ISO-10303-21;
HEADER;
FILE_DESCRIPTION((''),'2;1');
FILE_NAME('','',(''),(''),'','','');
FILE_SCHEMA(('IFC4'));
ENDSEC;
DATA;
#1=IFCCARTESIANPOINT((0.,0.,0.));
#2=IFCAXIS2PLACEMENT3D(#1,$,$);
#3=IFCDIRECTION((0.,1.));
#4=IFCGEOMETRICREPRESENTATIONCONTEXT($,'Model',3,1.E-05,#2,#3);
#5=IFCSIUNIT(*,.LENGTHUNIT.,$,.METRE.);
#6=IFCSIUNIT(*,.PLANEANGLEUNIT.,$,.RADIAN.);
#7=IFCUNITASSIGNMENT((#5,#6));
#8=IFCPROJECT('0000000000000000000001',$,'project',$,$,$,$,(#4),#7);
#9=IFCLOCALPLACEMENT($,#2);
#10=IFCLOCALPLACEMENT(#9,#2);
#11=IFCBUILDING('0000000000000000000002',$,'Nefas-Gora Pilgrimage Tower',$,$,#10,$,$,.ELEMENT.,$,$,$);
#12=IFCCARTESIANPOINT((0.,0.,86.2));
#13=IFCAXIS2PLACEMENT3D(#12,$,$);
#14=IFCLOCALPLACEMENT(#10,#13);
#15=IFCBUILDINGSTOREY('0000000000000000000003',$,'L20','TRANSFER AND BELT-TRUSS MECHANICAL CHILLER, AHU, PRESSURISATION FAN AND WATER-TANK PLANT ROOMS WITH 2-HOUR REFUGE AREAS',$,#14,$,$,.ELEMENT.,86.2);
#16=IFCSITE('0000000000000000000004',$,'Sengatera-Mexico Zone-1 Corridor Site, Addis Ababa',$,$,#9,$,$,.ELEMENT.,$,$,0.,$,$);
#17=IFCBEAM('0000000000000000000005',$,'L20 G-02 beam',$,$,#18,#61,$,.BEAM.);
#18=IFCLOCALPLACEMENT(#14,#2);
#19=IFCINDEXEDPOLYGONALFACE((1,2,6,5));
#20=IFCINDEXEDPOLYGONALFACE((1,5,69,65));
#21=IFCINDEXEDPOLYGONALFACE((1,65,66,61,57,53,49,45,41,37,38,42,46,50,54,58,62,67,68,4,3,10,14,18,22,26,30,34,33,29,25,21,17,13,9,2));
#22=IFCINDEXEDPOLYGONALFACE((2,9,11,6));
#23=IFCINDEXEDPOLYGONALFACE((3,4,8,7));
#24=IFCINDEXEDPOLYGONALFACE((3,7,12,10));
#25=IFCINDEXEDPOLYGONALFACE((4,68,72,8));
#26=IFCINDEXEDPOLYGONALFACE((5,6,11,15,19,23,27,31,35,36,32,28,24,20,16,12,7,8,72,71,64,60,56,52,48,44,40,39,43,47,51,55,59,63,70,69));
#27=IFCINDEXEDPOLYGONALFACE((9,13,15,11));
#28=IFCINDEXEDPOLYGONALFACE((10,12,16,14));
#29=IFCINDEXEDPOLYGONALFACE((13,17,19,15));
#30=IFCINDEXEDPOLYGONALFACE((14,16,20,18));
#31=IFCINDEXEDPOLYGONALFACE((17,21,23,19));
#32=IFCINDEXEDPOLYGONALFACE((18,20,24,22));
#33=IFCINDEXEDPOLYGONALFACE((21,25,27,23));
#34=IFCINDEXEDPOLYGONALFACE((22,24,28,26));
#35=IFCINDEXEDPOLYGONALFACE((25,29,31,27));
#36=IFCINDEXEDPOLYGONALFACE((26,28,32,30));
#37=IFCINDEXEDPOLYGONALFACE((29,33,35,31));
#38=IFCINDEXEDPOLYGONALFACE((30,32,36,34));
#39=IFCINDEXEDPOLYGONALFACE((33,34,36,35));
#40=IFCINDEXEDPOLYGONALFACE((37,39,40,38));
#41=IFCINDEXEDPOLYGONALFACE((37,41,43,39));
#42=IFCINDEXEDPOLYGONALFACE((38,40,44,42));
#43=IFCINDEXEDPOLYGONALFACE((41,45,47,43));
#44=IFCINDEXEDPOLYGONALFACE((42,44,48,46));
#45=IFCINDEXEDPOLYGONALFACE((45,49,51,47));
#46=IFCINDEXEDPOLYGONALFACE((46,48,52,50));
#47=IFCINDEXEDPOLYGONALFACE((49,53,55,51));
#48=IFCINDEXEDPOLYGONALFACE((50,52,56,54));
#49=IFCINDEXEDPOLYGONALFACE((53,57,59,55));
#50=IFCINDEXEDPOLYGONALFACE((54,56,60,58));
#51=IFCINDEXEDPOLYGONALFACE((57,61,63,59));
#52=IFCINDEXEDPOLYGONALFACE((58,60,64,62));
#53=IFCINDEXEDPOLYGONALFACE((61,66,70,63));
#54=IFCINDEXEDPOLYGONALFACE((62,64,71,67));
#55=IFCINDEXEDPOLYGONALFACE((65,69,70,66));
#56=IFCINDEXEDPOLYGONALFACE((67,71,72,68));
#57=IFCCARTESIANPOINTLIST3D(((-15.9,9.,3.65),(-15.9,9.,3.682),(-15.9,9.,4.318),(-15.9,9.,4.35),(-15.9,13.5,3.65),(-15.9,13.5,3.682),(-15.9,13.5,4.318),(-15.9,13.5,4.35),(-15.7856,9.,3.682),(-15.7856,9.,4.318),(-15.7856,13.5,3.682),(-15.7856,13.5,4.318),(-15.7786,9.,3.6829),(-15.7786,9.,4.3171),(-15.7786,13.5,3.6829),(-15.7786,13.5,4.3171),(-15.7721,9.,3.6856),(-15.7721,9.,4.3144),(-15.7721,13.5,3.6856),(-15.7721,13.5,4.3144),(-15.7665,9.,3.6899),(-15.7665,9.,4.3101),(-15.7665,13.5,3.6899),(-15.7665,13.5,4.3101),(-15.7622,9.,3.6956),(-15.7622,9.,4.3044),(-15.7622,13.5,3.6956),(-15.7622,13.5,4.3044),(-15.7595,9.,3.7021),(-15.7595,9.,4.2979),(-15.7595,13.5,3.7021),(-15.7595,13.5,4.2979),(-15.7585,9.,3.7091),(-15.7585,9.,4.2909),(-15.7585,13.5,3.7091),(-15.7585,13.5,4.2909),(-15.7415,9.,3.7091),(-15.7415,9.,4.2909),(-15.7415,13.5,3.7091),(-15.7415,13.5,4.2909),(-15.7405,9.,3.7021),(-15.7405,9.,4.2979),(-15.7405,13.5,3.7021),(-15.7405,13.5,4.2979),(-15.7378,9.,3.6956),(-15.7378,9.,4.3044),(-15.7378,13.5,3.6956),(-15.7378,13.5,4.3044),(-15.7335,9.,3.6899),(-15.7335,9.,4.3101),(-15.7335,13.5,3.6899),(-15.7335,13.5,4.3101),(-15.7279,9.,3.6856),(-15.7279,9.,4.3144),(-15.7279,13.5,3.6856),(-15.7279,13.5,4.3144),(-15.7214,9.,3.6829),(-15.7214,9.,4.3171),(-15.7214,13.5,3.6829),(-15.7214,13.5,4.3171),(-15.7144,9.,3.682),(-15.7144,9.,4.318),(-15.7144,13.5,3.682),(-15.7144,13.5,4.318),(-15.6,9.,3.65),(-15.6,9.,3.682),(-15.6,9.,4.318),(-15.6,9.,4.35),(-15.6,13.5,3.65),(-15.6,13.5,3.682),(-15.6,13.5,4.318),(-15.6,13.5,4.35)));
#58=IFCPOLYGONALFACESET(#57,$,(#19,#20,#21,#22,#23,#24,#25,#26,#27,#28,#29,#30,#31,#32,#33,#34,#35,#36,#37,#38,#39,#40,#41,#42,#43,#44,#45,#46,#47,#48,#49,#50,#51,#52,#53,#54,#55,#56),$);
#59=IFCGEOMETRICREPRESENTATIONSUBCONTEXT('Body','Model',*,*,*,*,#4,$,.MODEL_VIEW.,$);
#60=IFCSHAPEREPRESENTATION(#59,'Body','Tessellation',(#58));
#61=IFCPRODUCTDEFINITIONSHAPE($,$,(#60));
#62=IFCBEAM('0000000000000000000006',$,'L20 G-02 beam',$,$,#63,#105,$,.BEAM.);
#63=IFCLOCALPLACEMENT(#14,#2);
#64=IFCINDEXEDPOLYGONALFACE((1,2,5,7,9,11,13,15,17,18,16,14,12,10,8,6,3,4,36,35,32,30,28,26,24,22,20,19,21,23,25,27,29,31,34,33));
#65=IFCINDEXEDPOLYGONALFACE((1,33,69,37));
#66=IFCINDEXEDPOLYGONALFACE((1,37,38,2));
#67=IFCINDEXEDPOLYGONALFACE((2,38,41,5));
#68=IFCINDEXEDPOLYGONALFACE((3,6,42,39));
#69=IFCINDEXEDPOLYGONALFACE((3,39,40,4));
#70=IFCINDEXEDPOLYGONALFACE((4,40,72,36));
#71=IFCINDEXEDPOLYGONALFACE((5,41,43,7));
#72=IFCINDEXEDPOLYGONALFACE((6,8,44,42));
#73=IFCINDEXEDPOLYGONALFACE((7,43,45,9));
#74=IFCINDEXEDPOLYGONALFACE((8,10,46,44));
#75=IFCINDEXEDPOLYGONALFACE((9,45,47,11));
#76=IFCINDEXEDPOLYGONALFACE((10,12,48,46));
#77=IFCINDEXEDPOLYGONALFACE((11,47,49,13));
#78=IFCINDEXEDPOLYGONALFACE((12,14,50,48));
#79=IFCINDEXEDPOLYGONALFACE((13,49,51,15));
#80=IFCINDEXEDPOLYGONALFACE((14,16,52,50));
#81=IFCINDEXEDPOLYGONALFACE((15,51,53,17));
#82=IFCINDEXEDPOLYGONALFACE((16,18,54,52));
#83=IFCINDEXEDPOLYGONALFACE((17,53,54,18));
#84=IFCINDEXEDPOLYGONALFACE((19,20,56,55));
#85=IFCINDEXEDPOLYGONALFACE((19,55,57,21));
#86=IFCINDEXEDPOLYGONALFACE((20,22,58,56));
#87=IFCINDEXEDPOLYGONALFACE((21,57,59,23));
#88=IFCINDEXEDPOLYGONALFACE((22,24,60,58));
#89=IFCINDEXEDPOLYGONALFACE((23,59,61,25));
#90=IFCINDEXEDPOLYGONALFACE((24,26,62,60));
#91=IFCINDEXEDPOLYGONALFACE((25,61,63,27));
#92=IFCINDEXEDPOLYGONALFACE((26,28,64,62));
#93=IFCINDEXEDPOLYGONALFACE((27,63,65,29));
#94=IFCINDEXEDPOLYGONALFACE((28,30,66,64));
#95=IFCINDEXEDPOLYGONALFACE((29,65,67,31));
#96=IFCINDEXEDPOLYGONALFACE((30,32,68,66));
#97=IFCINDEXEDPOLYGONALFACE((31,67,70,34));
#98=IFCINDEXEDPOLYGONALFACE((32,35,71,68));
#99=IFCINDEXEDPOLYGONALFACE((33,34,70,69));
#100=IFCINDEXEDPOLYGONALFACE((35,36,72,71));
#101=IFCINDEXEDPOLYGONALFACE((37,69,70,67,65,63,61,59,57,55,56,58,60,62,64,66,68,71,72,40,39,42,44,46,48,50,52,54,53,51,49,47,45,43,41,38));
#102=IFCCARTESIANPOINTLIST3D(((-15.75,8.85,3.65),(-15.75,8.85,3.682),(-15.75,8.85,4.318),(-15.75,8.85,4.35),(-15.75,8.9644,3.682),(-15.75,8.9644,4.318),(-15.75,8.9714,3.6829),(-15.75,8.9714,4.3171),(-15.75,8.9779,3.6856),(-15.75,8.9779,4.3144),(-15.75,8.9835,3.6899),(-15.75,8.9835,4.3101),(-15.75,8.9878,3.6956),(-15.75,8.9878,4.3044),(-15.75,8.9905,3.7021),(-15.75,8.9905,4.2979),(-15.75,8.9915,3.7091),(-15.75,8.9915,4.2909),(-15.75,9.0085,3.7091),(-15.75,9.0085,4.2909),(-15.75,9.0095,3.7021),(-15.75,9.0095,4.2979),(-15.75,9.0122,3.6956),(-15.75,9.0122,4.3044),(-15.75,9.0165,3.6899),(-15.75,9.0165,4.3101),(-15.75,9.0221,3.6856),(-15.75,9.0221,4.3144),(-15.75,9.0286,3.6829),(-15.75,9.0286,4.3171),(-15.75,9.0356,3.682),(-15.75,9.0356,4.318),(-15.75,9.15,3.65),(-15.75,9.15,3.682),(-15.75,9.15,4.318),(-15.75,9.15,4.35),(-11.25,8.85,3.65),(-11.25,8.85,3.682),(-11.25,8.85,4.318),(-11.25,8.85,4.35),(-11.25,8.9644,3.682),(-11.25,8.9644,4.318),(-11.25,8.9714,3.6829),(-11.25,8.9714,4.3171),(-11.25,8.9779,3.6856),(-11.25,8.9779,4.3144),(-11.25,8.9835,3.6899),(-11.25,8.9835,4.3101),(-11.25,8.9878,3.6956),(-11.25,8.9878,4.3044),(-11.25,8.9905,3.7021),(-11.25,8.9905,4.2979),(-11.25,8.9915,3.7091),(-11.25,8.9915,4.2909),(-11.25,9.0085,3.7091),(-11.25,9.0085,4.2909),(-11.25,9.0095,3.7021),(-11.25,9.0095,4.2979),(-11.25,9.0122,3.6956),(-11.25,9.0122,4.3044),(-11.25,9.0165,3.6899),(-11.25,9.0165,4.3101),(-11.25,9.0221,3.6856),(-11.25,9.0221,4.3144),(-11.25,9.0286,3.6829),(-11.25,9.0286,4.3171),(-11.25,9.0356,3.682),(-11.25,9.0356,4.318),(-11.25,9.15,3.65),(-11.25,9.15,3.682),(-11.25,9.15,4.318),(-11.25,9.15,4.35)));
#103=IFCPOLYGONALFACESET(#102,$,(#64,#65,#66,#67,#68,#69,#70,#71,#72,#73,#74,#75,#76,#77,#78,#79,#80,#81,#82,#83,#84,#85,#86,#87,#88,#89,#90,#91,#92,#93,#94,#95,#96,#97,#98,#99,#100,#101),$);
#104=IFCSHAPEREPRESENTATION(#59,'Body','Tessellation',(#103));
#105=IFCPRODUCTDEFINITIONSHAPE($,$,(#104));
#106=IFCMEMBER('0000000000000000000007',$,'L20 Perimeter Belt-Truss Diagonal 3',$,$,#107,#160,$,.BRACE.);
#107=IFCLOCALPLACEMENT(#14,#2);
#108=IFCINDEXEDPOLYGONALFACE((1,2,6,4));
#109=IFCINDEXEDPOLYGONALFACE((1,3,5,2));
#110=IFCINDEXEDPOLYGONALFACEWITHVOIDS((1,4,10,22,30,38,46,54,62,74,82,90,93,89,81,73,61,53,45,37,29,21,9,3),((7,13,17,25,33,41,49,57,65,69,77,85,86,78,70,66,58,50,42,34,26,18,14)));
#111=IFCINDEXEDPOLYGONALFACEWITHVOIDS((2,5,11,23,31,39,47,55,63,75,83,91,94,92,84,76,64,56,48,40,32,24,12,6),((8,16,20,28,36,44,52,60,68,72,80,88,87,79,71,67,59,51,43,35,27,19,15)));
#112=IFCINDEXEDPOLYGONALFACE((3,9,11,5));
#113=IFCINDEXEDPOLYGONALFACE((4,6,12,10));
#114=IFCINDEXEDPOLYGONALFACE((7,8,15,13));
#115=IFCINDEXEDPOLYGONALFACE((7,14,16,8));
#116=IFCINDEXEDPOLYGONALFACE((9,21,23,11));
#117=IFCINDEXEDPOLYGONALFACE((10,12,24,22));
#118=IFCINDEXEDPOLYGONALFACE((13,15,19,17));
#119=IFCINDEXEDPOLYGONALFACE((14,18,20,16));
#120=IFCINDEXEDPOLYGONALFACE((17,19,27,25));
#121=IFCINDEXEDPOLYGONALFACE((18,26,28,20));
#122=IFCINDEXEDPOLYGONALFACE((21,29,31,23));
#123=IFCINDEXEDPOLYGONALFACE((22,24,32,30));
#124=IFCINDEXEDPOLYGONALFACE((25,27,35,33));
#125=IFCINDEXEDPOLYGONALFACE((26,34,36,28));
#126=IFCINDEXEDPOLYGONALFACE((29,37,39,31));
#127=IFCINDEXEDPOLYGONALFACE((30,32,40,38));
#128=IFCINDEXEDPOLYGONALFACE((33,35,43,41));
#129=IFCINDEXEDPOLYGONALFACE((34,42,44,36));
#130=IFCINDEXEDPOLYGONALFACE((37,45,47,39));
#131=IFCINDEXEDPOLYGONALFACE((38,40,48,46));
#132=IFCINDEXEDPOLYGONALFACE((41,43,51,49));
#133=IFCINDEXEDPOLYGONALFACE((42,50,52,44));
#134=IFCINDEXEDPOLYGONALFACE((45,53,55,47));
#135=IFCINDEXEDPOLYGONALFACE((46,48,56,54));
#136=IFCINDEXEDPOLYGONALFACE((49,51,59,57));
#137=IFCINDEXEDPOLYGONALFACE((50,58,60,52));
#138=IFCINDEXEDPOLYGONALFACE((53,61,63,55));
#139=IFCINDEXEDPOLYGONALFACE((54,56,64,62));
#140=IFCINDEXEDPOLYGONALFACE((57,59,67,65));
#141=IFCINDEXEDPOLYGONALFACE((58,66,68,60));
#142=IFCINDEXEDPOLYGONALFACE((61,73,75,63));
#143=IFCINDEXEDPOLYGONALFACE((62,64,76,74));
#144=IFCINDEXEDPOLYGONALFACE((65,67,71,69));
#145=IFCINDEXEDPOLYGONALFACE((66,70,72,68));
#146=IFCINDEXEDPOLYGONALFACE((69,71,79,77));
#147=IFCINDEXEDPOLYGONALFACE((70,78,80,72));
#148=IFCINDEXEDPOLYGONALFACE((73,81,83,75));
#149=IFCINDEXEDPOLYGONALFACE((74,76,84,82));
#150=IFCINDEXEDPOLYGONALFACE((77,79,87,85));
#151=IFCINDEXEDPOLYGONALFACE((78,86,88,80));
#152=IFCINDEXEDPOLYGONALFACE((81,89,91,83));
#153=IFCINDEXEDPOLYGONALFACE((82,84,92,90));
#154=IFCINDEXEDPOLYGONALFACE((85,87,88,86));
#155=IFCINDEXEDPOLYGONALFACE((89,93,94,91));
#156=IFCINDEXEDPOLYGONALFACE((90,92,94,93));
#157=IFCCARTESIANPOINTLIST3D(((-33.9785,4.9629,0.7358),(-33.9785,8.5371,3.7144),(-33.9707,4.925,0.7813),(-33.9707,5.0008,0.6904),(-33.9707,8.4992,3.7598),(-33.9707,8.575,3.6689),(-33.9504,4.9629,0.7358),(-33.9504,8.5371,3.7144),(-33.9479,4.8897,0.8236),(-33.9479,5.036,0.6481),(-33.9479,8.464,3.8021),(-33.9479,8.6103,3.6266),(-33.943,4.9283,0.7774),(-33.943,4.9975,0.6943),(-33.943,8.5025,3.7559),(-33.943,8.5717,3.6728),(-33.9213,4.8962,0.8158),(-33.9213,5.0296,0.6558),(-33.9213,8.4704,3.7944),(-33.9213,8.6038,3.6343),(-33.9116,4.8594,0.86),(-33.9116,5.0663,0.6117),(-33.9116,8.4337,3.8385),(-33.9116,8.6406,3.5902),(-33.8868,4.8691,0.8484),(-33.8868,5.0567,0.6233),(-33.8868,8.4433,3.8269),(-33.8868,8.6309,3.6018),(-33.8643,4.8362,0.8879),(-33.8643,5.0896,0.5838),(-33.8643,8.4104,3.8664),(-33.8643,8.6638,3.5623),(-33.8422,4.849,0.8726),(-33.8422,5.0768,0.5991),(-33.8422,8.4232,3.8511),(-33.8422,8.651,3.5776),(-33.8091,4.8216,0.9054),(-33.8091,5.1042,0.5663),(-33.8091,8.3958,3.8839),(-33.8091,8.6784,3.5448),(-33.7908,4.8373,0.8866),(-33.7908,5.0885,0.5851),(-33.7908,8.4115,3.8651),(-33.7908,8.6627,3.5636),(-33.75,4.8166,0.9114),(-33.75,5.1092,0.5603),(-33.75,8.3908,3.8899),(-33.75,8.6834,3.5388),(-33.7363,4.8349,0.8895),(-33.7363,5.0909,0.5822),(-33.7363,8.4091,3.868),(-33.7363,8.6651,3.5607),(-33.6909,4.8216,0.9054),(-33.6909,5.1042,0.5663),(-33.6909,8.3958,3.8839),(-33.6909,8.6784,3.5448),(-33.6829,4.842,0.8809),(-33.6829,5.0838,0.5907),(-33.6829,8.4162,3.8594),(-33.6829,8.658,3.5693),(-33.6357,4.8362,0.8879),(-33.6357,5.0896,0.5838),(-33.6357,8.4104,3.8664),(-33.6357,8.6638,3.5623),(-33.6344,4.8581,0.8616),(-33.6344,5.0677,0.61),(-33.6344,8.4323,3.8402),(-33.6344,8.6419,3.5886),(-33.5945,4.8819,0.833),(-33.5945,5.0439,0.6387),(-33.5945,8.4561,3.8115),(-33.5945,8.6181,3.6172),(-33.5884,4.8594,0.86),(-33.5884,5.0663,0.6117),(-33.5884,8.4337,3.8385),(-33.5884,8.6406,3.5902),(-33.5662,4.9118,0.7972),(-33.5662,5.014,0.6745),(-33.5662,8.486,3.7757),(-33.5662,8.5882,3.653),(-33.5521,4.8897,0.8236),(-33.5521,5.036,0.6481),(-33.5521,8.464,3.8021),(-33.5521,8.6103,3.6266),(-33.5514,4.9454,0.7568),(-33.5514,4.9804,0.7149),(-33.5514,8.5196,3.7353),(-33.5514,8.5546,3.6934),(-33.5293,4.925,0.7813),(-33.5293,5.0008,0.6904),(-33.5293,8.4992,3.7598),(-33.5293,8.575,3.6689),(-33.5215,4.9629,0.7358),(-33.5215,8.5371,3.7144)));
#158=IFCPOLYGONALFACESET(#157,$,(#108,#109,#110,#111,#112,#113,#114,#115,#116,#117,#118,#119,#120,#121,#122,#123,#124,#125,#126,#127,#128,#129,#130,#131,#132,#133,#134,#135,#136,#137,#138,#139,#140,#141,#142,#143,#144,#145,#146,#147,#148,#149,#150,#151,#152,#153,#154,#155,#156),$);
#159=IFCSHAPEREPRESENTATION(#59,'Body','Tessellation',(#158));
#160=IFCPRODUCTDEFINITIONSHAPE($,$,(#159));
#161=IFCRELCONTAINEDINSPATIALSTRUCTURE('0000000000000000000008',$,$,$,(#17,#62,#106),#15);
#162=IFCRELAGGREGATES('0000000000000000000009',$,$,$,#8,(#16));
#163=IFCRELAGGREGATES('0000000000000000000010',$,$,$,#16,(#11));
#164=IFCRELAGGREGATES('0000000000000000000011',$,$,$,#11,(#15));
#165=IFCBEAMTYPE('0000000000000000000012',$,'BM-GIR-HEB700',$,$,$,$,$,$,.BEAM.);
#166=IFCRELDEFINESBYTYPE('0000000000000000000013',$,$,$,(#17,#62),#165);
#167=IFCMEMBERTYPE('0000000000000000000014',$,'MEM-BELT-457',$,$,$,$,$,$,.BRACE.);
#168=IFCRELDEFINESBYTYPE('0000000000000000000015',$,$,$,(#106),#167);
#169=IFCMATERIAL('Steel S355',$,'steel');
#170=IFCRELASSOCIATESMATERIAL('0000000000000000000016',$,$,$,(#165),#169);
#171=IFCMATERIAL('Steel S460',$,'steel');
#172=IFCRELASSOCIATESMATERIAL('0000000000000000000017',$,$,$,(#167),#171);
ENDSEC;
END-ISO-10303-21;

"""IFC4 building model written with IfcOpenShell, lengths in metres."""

from ifc_helpers import new_model, si_unit, direction, frame, origin, origin_2d, place, context, subcontext, project, spatial, hollow_circle, i_section, extrude, source, transform, mapped, material, material_profile, profile_set, type_object, element, save


model = new_model("IFC4")

# Units and contexts
model_context = context("Model", 3, precision=1e-05, world=origin(), true_north=direction((0.0, 1.0)))
body_context = subcontext(model_context, "Body", "Model", "MODEL_VIEW")
ifc_project = project(units=[si_unit("LENGTHUNIT", "METRE"), si_unit("PLANEANGLEUNIT", "RADIAN")], contexts=[model_context])

# Site, building, storey
site_placement = place(None, origin())
site = spatial("IfcSite", under=ifc_project, at=site_placement, Name="Sengatera-Mexico Zone-1 Corridor Site, Addis Ababa", CompositionType="ELEMENT", RefElevation=0.0)
building_placement = place(site_placement, origin())
building = spatial("IfcBuilding", under=site, at=building_placement, Name="Nefas-Gora Pilgrimage Tower", CompositionType="ELEMENT")
storey_placement = place(building_placement, frame((0.0, 0.0, 86.2)))
storey = spatial("IfcBuildingStorey", under=building, at=storey_placement, Name="L20", Description="TRANSFER AND BELT-TRUSS MECHANICAL CHILLER, AHU, PRESSURISATION FAN AND WATER-TANK PLANT ROOMS WITH 2-HOUR REFUGE AREAS", CompositionType="ELEMENT", Elevation=86.2)

# Shared definitions
ifc_material_1 = material(Name="Steel S460", Category="steel")

# Beams
ifc_material_2 = material(Name="Steel S355", Category="steel")
ifc_material_profile_1 = material_profile(ifc_material_2, i_section(OverallWidth=0.3, OverallDepth=0.7, WebThickness=0.0171, FlangeThickness=0.032, FilletRadius=0.0271, at=origin_2d()), Name="HEB 700")
ifc_profile_set_1 = profile_set([ifc_material_profile_1], Name="Steel S355")
beam_type_1 = type_object("IfcBeamType", Name="BM-GIR-HEB700", PredefinedType="BEAM", material=ifc_profile_set_1)
shared_shape_1 = source(origin(), body_context, "Body", "SweptSolid", [
    extrude(i_section(OverallWidth=0.3, OverallDepth=0.7, WebThickness=0.0171, FlangeThickness=0.032, FilletRadius=0.0271, at=origin_2d()), origin(), (0.0, 0.0, 1.0), 4.5),
])
for number, where, z_axis, x_axis, name in (
    (1, (-15.75, 9.0, 4.0), (0.0, 1.0, 0.0), (-1.0, 0.0, 0.0), "L20 G-02 beam"),
    (2, (-15.75, 9.0, 4.0), (1.0, 0.0, 0.0), (0.0, 1.0, 0.0), "L20 G-02 beam"),
):
    element("IfcBeam", number, at=place(storey_placement, frame(where, z_axis=z_axis, x_axis=x_axis)), inside=storey, type_object=beam_type_1, Name=name, PredefinedType="BEAM", context=body_context, shape_type="MappedRepresentation", body=[
        mapped(shared_shape_1, transform((0.0, 0.0, 0.0), x_axis=(1.0, 0.0, 0.0), y_axis=(0.0, 1.0, 0.0), z_axis=(0.0, 0.0, 1.0), scale=1.0)),
    ])

# Member
ifc_material_profile_2 = material_profile(ifc_material_1, hollow_circle(Radius=0.2285, WallThickness=0.0281, at=origin_2d()), Name="CHS 457x28")
ifc_profile_set_2 = profile_set([ifc_material_profile_2], Name="Steel S460")
member_type_1 = type_object("IfcMemberType", Name="MEM-BELT-457", PredefinedType="BRACE", material=ifc_profile_set_2)
shared_shape_2 = source(origin(), body_context, "Body", "SweptSolid", [
    extrude(hollow_circle(Radius=0.2285, WallThickness=0.0281, at=origin_2d()), origin(), (0.0, 0.0, 1.0), 4.6526),
])
for number, where, z_axis, x_axis, name in (
    (3, (-33.75, 4.9629, 0.7358), (0.0, 0.768221, 0.640184), (-1.0, 0.0, 0.0), "L20 Perimeter Belt-Truss Diagonal 3"),
):
    element("IfcMember", number, at=place(storey_placement, frame(where, z_axis=z_axis, x_axis=x_axis)), inside=storey, type_object=member_type_1, Name=name, PredefinedType="BRACE", context=body_context, shape_type="MappedRepresentation", body=[
        mapped(shared_shape_2, transform((0.0, 0.0, 0.0), x_axis=(1.0, 0.0, 0.0), y_axis=(0.0, 1.0, 0.0), z_axis=(0.0, 0.0, 1.0), scale=1.0)),
    ])

save(model, "model.ifc")
